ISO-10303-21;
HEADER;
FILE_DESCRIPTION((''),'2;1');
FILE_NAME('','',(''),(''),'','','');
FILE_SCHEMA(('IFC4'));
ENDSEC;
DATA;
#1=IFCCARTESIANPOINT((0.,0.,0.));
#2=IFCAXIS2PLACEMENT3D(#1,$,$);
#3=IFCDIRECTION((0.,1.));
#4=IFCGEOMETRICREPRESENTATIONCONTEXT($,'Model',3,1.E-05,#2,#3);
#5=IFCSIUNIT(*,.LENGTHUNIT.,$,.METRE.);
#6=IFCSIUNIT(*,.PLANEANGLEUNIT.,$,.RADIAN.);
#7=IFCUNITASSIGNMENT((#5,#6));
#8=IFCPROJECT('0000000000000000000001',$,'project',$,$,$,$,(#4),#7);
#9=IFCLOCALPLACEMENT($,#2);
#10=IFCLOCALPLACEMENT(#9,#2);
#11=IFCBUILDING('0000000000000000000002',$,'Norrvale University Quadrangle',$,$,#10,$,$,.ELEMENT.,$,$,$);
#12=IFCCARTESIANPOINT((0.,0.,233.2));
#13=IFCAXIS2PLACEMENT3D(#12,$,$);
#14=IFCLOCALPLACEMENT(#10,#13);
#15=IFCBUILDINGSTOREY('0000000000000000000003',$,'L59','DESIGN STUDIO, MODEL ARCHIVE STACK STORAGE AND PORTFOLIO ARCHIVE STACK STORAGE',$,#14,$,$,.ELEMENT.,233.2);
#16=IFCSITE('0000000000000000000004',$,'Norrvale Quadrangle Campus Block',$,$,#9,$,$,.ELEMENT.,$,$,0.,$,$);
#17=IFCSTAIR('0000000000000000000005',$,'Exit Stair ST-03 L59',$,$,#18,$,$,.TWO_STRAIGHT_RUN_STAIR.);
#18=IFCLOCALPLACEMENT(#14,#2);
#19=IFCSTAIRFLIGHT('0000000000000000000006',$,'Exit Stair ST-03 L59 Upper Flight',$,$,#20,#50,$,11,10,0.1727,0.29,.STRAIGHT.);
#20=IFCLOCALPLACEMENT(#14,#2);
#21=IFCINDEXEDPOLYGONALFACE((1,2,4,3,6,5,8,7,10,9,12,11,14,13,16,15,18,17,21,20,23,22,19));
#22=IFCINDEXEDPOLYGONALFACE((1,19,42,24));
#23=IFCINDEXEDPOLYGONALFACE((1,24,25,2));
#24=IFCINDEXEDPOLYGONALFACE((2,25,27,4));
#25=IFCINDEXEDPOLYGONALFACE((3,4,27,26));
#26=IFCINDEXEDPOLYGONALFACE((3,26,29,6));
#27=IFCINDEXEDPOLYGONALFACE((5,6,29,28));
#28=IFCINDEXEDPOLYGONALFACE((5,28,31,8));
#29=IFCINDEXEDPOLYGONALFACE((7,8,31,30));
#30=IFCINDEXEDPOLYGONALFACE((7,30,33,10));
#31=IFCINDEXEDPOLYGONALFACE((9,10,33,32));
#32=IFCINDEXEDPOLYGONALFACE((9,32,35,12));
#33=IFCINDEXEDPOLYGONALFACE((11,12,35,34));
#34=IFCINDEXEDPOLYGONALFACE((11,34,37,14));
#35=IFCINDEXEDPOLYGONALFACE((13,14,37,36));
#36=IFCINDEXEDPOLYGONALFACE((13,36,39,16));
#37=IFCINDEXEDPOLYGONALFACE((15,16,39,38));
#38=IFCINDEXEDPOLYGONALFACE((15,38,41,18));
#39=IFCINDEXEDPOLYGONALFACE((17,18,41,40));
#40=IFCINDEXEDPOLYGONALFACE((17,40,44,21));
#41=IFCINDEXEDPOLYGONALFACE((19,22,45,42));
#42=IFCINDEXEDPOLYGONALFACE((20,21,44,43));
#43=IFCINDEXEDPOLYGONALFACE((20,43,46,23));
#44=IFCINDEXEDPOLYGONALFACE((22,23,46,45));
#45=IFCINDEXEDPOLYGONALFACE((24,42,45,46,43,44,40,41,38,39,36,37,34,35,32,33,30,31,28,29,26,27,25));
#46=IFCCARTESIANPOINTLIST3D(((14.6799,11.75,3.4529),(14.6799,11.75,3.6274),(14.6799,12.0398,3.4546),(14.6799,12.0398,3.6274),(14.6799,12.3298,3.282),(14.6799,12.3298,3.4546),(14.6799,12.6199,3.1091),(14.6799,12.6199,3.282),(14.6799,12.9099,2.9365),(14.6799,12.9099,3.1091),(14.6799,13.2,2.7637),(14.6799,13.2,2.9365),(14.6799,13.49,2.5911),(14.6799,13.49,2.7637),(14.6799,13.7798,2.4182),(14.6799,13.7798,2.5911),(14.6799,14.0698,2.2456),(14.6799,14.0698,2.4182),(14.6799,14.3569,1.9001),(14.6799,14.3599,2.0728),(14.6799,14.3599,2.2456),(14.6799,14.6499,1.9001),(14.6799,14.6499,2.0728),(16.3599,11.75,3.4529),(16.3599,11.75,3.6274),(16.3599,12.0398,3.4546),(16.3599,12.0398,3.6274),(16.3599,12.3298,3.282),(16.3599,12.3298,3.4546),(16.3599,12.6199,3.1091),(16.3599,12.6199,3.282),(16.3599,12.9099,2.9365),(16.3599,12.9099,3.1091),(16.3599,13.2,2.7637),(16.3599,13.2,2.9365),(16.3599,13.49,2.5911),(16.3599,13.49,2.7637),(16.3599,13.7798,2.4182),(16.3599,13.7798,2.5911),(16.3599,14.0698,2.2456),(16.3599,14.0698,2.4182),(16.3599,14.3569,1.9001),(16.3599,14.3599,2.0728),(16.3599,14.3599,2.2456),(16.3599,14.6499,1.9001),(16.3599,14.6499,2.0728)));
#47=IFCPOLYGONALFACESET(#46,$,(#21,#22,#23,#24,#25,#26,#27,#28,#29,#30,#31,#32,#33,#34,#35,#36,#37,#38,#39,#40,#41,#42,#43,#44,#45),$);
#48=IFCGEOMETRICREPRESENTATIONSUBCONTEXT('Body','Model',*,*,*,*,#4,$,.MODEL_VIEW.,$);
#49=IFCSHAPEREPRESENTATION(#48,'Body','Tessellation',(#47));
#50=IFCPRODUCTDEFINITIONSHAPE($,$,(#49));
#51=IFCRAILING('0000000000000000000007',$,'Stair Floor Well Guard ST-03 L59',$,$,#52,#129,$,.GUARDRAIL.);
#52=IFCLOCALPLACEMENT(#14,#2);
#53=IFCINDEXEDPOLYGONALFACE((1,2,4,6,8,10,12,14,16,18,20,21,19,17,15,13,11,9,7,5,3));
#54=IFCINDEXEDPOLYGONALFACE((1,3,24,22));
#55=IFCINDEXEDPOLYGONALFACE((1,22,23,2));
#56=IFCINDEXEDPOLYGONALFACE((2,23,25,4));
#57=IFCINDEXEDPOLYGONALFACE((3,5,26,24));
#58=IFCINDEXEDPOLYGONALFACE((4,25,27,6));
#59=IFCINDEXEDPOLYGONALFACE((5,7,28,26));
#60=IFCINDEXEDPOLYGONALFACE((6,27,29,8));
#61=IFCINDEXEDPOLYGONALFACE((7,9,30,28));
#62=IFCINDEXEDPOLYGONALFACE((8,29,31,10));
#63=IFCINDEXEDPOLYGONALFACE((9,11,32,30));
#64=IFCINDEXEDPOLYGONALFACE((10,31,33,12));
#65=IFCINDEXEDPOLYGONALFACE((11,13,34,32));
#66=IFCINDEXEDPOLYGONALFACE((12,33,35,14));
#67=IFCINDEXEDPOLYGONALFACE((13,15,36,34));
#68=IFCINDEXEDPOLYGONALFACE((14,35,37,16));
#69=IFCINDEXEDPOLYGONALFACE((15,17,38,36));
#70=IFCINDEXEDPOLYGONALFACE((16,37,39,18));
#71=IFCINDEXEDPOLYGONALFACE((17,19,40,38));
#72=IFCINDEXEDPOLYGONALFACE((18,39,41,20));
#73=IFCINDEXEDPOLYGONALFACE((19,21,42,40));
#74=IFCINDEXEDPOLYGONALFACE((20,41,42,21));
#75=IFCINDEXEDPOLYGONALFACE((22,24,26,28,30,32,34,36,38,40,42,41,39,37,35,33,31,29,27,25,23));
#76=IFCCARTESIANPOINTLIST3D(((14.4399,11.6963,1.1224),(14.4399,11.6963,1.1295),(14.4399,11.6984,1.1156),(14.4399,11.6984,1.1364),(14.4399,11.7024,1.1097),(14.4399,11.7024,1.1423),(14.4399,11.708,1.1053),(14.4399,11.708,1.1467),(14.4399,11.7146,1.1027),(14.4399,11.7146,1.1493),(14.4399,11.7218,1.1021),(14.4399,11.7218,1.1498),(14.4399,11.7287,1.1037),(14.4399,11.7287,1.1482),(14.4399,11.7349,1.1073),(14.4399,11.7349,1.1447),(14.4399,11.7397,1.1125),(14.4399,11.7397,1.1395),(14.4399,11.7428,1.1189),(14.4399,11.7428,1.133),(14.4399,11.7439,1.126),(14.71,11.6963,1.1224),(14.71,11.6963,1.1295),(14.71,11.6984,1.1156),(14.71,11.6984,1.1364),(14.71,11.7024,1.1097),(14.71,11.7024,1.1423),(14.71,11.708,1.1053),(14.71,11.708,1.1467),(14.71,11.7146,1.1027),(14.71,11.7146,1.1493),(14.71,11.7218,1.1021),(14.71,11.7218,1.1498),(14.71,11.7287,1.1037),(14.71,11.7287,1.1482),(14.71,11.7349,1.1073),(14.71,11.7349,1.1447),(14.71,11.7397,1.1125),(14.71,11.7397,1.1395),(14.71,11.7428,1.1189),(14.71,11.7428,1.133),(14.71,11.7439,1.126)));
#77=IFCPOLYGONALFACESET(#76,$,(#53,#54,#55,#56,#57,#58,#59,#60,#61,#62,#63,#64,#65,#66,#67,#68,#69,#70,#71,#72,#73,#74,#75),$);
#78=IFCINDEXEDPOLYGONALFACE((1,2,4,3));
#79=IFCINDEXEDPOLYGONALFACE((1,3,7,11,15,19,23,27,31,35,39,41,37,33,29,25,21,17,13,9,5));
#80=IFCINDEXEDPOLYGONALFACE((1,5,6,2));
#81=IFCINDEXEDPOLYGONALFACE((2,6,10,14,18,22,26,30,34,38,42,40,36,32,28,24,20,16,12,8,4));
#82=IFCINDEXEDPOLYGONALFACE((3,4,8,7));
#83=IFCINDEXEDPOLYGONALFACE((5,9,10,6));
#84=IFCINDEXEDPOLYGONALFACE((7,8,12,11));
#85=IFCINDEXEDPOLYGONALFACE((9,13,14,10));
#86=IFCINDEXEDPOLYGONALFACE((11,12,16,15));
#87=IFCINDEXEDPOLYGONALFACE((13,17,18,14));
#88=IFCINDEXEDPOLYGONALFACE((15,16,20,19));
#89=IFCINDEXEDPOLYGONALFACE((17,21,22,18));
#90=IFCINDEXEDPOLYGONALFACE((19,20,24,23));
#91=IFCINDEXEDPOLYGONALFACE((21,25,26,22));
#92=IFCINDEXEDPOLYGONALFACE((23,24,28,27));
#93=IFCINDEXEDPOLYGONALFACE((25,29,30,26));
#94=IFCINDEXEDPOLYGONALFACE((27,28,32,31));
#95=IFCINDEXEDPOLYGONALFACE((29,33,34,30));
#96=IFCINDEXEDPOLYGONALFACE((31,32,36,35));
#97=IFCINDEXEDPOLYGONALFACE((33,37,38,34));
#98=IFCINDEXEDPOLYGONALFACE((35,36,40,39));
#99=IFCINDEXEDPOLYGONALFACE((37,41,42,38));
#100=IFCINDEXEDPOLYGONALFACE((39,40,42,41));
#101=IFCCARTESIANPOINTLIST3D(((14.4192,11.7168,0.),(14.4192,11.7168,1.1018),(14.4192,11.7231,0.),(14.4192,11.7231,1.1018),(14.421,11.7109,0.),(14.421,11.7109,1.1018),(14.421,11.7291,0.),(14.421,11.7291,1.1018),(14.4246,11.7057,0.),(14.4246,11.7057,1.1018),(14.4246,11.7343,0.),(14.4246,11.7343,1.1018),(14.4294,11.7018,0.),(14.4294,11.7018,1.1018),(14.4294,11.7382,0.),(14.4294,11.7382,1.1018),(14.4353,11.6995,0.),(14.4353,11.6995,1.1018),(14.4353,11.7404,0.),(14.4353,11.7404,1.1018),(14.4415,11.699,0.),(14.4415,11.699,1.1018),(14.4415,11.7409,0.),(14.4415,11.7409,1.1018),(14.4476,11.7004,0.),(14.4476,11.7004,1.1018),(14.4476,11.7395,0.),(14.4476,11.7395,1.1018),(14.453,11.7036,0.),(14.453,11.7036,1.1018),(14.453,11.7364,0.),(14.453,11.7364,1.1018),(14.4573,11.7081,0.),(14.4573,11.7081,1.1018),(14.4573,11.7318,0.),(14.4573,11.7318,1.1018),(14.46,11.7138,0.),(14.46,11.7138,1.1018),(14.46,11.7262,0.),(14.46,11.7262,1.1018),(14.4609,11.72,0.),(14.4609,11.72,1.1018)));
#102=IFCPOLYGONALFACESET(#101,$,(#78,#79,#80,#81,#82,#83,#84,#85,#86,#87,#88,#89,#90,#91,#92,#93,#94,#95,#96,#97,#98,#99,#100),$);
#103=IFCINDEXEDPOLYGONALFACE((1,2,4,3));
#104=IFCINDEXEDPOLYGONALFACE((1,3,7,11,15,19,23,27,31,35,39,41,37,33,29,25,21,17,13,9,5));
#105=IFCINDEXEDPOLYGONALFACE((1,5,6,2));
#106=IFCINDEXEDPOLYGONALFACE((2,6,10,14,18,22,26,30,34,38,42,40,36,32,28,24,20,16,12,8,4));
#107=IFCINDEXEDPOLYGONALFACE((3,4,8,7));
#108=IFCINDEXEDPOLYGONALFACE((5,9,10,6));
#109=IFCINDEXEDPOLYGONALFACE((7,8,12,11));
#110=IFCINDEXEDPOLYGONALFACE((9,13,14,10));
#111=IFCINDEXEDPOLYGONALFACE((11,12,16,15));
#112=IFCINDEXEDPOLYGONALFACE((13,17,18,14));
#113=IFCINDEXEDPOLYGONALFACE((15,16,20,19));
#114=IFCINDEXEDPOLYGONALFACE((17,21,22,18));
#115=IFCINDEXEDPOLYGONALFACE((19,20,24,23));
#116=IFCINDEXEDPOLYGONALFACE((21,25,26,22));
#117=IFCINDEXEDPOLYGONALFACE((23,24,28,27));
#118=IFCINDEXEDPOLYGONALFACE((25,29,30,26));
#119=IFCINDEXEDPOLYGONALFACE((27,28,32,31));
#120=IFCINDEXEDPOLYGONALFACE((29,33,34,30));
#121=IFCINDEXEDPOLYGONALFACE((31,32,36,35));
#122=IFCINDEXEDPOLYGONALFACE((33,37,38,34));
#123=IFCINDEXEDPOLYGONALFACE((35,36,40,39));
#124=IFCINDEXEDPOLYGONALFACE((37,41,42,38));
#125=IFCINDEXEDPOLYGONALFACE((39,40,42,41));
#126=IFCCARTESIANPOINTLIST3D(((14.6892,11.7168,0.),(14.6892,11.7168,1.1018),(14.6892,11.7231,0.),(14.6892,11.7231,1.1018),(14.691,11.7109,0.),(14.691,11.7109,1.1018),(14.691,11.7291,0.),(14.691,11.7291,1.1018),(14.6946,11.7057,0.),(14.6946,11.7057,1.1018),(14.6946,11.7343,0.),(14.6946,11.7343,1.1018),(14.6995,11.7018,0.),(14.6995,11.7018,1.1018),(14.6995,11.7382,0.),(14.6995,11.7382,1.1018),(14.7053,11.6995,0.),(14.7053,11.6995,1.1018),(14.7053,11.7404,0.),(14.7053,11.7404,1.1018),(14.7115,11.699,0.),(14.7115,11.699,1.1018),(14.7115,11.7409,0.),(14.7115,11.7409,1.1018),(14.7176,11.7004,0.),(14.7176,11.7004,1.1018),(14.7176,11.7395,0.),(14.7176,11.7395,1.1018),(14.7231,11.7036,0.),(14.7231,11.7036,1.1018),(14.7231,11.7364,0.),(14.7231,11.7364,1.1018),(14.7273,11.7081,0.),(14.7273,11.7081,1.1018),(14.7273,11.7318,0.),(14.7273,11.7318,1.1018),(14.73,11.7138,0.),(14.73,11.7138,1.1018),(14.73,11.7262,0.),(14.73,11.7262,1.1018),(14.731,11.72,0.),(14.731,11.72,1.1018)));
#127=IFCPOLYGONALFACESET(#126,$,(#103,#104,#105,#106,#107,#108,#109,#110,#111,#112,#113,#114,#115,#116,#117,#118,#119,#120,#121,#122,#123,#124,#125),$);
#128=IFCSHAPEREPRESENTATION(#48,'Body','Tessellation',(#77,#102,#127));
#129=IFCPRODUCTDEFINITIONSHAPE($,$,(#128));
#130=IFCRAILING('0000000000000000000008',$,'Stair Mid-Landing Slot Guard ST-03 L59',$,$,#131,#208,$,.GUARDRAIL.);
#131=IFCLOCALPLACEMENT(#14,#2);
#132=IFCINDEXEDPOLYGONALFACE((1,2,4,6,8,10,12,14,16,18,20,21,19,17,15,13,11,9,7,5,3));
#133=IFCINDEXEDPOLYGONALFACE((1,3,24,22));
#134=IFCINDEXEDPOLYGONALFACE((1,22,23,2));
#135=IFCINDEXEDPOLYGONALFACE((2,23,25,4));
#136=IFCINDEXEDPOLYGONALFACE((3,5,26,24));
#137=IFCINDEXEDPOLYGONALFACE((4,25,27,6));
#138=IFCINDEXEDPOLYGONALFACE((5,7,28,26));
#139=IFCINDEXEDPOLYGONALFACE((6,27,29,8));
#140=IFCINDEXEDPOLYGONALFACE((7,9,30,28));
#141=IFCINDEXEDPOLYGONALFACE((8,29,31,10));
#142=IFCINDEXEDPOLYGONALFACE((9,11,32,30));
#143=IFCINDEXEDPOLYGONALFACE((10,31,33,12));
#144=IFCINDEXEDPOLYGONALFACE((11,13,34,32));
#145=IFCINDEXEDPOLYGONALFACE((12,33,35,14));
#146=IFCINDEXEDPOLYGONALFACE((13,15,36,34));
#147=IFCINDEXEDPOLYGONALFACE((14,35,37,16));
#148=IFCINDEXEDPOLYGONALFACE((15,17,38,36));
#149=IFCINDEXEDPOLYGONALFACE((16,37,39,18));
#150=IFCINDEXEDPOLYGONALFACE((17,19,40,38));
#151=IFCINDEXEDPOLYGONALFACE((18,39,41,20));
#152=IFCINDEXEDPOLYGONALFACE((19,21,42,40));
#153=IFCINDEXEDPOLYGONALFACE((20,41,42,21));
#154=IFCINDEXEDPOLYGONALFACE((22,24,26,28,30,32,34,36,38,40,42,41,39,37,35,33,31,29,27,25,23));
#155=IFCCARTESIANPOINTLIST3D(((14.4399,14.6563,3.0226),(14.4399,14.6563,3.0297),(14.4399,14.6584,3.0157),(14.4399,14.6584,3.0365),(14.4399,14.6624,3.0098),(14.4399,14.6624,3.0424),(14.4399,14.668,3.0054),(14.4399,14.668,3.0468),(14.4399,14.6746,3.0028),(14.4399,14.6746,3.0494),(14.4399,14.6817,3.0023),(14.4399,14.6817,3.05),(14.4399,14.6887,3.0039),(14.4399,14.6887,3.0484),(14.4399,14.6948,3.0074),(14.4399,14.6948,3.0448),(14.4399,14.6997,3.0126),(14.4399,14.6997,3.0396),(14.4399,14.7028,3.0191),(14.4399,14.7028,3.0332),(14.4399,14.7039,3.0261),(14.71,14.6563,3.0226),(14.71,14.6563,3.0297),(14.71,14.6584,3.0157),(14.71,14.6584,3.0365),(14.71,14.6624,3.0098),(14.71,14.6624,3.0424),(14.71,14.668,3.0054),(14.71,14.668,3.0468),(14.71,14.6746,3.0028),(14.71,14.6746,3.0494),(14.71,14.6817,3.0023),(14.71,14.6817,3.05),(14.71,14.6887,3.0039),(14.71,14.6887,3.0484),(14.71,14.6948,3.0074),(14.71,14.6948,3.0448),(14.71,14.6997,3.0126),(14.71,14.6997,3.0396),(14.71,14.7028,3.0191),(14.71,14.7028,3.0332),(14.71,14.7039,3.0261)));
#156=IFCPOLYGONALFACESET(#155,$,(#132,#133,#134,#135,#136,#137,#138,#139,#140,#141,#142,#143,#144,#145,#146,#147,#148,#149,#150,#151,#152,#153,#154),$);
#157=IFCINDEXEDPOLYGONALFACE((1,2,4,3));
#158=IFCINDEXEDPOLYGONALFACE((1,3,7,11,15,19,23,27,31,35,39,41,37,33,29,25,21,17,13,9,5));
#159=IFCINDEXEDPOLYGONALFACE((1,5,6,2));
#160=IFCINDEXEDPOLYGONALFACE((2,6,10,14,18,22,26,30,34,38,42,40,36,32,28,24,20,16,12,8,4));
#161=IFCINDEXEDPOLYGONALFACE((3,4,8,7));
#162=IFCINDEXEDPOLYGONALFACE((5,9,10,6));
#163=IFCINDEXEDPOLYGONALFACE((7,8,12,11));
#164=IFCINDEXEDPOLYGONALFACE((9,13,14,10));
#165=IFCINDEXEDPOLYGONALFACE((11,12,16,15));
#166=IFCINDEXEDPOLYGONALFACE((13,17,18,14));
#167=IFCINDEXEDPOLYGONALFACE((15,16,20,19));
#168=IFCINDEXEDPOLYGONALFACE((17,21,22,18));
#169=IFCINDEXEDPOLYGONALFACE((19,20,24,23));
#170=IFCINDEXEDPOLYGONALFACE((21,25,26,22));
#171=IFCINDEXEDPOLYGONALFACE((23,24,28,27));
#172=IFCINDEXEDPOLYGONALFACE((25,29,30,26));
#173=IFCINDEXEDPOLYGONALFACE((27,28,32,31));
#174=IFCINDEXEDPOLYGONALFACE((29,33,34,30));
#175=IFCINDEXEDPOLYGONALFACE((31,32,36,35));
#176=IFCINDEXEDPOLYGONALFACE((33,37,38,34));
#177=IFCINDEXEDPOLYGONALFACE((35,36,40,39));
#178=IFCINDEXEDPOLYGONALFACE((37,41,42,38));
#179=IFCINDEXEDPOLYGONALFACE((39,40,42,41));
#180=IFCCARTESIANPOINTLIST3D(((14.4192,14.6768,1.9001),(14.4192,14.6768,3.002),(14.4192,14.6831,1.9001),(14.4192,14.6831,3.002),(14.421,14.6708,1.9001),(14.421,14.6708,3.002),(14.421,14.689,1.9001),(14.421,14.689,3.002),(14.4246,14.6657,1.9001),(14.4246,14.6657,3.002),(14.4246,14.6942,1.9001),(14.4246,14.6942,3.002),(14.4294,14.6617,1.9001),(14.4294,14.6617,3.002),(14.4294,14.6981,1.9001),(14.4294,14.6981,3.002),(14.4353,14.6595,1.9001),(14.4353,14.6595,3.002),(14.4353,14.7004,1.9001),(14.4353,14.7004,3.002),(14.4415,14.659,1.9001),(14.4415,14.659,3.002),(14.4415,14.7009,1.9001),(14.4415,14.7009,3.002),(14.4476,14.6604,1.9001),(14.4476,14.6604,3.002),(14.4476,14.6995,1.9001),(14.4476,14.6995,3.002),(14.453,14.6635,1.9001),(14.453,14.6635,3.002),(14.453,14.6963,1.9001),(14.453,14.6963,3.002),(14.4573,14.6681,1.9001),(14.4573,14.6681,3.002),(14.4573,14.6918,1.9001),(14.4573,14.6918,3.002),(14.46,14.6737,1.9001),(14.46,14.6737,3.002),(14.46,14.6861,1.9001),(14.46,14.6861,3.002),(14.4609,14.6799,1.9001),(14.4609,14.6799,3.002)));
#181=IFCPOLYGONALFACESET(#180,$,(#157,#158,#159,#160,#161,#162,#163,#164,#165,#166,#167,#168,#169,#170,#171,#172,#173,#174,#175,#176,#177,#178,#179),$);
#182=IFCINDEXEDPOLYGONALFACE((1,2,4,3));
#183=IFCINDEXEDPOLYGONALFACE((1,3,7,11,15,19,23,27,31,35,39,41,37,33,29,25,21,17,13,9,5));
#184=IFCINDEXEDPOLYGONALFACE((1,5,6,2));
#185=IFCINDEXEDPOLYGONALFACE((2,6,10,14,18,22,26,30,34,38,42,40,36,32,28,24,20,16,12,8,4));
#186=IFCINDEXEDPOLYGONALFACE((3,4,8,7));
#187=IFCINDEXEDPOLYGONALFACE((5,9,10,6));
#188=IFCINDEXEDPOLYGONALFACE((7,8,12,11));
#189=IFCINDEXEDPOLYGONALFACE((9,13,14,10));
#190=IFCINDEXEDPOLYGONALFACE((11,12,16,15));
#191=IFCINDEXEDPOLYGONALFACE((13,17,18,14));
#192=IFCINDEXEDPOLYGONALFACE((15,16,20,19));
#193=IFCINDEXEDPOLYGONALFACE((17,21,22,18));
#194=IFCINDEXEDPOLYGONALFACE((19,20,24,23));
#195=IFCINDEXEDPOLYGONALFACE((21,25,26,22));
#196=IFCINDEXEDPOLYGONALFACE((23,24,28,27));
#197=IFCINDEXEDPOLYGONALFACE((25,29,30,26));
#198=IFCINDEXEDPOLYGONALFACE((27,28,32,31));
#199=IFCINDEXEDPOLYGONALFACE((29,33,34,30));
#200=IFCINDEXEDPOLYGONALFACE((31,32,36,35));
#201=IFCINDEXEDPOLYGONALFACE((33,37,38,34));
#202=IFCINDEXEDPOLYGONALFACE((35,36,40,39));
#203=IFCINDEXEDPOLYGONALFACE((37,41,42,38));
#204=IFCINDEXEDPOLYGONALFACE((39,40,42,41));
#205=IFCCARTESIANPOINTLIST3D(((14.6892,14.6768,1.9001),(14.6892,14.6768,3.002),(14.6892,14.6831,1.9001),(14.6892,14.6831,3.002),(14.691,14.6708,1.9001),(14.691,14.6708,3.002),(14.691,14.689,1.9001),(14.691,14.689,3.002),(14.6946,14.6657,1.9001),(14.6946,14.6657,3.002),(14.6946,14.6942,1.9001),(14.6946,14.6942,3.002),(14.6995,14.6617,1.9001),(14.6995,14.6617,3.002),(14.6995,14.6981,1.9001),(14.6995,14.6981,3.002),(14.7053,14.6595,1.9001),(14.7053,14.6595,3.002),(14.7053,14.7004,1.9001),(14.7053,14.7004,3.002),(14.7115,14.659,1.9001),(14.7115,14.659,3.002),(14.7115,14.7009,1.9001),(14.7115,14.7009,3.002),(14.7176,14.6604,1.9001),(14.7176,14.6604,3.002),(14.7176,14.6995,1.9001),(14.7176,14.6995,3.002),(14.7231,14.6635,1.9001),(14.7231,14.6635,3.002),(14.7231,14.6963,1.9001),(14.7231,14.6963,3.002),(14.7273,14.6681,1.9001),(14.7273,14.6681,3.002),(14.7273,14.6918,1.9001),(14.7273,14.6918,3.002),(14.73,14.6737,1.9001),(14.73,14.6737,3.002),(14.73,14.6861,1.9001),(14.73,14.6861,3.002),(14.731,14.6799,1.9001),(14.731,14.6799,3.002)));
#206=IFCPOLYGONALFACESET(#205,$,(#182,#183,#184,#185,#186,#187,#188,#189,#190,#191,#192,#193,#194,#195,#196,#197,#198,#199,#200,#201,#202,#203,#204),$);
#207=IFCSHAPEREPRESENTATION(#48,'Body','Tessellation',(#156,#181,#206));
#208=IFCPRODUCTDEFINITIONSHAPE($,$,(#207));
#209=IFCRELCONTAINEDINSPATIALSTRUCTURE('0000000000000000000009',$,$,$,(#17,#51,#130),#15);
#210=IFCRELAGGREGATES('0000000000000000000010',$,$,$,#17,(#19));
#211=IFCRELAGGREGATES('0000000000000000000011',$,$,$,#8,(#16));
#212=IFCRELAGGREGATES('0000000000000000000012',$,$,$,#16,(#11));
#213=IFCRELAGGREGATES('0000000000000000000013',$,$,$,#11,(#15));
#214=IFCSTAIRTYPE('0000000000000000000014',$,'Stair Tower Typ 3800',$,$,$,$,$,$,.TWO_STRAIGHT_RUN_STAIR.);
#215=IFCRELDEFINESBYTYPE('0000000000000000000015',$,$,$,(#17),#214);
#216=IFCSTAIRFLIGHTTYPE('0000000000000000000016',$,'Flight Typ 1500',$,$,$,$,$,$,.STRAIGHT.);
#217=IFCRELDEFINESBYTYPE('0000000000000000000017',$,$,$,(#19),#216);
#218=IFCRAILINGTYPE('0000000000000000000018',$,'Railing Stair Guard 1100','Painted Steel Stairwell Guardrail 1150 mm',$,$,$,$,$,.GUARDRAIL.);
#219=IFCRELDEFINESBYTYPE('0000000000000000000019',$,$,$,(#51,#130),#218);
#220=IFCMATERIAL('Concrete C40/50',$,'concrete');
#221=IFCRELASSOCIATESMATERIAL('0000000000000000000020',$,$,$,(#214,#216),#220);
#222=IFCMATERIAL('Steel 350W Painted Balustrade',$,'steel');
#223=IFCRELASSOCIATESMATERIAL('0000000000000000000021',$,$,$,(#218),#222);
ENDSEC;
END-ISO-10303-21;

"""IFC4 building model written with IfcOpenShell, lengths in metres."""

from ifc_helpers import new_model, si_unit, direction, frame, origin, origin_2d, place, context, subcontext, project, spatial, polyline, circle, outline, extrude, material, type_object, element, aggregate, save


model = new_model("IFC4")

# Units and contexts
model_context = context("Model", 3, precision=1e-05, world=origin(), true_north=direction((0.0, 1.0)))
body_context = subcontext(model_context, "Body", "Model", "MODEL_VIEW")
ifc_project = project(units=[si_unit("LENGTHUNIT", "METRE"), si_unit("PLANEANGLEUNIT", "RADIAN")], contexts=[model_context])

# Site, building, storey
site_placement = place(None, origin())
site = spatial("IfcSite", under=ifc_project, at=site_placement, Name="Norrvale Quadrangle Campus Block", CompositionType="ELEMENT", RefElevation=0.0)
building_placement = place(site_placement, origin())
building = spatial("IfcBuilding", under=site, at=building_placement, Name="Norrvale University Quadrangle", CompositionType="ELEMENT")
storey_placement = place(building_placement, frame((0.0, 0.0, 233.2)))
storey = spatial("IfcBuildingStorey", under=building, at=storey_placement, Name="L59", Description="DESIGN STUDIO, MODEL ARCHIVE STACK STORAGE AND PORTFOLIO ARCHIVE STACK STORAGE", CompositionType="ELEMENT", Elevation=233.2)

# Stair, stair flight
ifc_material_1 = material(Name="Concrete C40/50", Category="concrete")
stair_type = type_object("IfcStairType", Name="Stair Tower Typ 3800", PredefinedType="TWO_STRAIGHT_RUN_STAIR", material=ifc_material_1)
stair_placement = place(storey_placement, origin())
stair = element("IfcStair", 1, at=stair_placement, inside=storey, type_object=stair_type, Name="Exit Stair ST-03 L59", PredefinedType="TWO_STRAIGHT_RUN_STAIR")
stair_flight_type = type_object("IfcStairFlightType", Name="Flight Typ 1500", PredefinedType="STRAIGHT", material=ifc_material_1)
stair_flight_1_placement = place(storey_placement, frame((15.52, 14.6499, 1.9001), z_axis=(0.0, 0.0, 1.0), x_axis=(0.0, -1.0, 0.0)))
stair_flight_1 = element("IfcStairFlight", 2, at=stair_flight_1_placement, type_object=stair_flight_type, Name="Exit Stair ST-03 L59 Upper Flight", NumberOfRisers=11, NumberOfTreads=10, PredefinedType="STRAIGHT", RiserHeight=0.1727, TreadLength=0.29, context=body_context, shape_type="SweptSolid", body=[
    extrude(outline(polyline([(0.0, 0.0), (0.0, 0.1726), (0.29, 0.1726), (0.29, 0.3455), (0.5801, 0.3455), (0.5801, 0.5181), (0.8701, 0.5181), (0.8701, 0.6909), (1.1599, 0.6909), (1.1599, 0.8635), (1.45, 0.8635), (1.45, 1.0364), (1.74, 1.0364), (1.74, 1.209), (2.03, 1.209), (2.03, 1.3818), (2.3201, 1.3818), (2.3201, 1.5544), (2.6101, 1.5544), (2.6101, 1.7273), (2.8999, 1.7273), (2.8999, 1.8999), (2.8999, 1.5527), (0.293, 0.0), (0.0, 0.0)])), frame((0.0, 0.8398, 0.0), z_axis=(0.0, -1.0, 0.0), x_axis=(1.0, 0.0, 0.0)), (0.0, 0.0, 1.0), 1.6799),
])
aggregate(stair, [stair_flight_1])

# Railings
ifc_material_2 = material(Name="Steel 350W Painted Balustrade", Category="steel")
railing_type_1 = type_object("IfcRailingType", Name="Railing Stair Guard 1100", Description="Painted Steel Stairwell Guardrail 1150 mm", PredefinedType="GUARDRAIL", material=ifc_material_2)
for number, where, name in (
    (3, (14.4399, 11.72, 0.0), "Stair Floor Well Guard ST-03 L59"),
    (4, (14.4399, 14.6799, 1.9001), "Stair Mid-Landing Slot Guard ST-03 L59"),
):
    element("IfcRailing", number, at=place(storey_placement, frame(where)), inside=storey, type_object=railing_type_1, Name=name, PredefinedType="GUARDRAIL", context=body_context, shape_type="SweptSolid", body=[
        extrude(circle(Radius=0.0239, at=origin_2d()), frame((0.0, 0.0, 1.126), z_axis=(1.0, 0.0, 0.0), x_axis=(0.0, 1.0, 0.0)), (0.0, 0.0, 1.0), 0.27),
        extrude(circle(Radius=0.021, at=origin_2d()), origin(), (0.0, 0.0, 1.0), 1.1018),
        extrude(circle(Radius=0.021, at=origin_2d()), frame((0.27, 0.0, 0.0)), (0.0, 0.0, 1.0), 1.1018),
    ])

save(model, "model.ifc")
